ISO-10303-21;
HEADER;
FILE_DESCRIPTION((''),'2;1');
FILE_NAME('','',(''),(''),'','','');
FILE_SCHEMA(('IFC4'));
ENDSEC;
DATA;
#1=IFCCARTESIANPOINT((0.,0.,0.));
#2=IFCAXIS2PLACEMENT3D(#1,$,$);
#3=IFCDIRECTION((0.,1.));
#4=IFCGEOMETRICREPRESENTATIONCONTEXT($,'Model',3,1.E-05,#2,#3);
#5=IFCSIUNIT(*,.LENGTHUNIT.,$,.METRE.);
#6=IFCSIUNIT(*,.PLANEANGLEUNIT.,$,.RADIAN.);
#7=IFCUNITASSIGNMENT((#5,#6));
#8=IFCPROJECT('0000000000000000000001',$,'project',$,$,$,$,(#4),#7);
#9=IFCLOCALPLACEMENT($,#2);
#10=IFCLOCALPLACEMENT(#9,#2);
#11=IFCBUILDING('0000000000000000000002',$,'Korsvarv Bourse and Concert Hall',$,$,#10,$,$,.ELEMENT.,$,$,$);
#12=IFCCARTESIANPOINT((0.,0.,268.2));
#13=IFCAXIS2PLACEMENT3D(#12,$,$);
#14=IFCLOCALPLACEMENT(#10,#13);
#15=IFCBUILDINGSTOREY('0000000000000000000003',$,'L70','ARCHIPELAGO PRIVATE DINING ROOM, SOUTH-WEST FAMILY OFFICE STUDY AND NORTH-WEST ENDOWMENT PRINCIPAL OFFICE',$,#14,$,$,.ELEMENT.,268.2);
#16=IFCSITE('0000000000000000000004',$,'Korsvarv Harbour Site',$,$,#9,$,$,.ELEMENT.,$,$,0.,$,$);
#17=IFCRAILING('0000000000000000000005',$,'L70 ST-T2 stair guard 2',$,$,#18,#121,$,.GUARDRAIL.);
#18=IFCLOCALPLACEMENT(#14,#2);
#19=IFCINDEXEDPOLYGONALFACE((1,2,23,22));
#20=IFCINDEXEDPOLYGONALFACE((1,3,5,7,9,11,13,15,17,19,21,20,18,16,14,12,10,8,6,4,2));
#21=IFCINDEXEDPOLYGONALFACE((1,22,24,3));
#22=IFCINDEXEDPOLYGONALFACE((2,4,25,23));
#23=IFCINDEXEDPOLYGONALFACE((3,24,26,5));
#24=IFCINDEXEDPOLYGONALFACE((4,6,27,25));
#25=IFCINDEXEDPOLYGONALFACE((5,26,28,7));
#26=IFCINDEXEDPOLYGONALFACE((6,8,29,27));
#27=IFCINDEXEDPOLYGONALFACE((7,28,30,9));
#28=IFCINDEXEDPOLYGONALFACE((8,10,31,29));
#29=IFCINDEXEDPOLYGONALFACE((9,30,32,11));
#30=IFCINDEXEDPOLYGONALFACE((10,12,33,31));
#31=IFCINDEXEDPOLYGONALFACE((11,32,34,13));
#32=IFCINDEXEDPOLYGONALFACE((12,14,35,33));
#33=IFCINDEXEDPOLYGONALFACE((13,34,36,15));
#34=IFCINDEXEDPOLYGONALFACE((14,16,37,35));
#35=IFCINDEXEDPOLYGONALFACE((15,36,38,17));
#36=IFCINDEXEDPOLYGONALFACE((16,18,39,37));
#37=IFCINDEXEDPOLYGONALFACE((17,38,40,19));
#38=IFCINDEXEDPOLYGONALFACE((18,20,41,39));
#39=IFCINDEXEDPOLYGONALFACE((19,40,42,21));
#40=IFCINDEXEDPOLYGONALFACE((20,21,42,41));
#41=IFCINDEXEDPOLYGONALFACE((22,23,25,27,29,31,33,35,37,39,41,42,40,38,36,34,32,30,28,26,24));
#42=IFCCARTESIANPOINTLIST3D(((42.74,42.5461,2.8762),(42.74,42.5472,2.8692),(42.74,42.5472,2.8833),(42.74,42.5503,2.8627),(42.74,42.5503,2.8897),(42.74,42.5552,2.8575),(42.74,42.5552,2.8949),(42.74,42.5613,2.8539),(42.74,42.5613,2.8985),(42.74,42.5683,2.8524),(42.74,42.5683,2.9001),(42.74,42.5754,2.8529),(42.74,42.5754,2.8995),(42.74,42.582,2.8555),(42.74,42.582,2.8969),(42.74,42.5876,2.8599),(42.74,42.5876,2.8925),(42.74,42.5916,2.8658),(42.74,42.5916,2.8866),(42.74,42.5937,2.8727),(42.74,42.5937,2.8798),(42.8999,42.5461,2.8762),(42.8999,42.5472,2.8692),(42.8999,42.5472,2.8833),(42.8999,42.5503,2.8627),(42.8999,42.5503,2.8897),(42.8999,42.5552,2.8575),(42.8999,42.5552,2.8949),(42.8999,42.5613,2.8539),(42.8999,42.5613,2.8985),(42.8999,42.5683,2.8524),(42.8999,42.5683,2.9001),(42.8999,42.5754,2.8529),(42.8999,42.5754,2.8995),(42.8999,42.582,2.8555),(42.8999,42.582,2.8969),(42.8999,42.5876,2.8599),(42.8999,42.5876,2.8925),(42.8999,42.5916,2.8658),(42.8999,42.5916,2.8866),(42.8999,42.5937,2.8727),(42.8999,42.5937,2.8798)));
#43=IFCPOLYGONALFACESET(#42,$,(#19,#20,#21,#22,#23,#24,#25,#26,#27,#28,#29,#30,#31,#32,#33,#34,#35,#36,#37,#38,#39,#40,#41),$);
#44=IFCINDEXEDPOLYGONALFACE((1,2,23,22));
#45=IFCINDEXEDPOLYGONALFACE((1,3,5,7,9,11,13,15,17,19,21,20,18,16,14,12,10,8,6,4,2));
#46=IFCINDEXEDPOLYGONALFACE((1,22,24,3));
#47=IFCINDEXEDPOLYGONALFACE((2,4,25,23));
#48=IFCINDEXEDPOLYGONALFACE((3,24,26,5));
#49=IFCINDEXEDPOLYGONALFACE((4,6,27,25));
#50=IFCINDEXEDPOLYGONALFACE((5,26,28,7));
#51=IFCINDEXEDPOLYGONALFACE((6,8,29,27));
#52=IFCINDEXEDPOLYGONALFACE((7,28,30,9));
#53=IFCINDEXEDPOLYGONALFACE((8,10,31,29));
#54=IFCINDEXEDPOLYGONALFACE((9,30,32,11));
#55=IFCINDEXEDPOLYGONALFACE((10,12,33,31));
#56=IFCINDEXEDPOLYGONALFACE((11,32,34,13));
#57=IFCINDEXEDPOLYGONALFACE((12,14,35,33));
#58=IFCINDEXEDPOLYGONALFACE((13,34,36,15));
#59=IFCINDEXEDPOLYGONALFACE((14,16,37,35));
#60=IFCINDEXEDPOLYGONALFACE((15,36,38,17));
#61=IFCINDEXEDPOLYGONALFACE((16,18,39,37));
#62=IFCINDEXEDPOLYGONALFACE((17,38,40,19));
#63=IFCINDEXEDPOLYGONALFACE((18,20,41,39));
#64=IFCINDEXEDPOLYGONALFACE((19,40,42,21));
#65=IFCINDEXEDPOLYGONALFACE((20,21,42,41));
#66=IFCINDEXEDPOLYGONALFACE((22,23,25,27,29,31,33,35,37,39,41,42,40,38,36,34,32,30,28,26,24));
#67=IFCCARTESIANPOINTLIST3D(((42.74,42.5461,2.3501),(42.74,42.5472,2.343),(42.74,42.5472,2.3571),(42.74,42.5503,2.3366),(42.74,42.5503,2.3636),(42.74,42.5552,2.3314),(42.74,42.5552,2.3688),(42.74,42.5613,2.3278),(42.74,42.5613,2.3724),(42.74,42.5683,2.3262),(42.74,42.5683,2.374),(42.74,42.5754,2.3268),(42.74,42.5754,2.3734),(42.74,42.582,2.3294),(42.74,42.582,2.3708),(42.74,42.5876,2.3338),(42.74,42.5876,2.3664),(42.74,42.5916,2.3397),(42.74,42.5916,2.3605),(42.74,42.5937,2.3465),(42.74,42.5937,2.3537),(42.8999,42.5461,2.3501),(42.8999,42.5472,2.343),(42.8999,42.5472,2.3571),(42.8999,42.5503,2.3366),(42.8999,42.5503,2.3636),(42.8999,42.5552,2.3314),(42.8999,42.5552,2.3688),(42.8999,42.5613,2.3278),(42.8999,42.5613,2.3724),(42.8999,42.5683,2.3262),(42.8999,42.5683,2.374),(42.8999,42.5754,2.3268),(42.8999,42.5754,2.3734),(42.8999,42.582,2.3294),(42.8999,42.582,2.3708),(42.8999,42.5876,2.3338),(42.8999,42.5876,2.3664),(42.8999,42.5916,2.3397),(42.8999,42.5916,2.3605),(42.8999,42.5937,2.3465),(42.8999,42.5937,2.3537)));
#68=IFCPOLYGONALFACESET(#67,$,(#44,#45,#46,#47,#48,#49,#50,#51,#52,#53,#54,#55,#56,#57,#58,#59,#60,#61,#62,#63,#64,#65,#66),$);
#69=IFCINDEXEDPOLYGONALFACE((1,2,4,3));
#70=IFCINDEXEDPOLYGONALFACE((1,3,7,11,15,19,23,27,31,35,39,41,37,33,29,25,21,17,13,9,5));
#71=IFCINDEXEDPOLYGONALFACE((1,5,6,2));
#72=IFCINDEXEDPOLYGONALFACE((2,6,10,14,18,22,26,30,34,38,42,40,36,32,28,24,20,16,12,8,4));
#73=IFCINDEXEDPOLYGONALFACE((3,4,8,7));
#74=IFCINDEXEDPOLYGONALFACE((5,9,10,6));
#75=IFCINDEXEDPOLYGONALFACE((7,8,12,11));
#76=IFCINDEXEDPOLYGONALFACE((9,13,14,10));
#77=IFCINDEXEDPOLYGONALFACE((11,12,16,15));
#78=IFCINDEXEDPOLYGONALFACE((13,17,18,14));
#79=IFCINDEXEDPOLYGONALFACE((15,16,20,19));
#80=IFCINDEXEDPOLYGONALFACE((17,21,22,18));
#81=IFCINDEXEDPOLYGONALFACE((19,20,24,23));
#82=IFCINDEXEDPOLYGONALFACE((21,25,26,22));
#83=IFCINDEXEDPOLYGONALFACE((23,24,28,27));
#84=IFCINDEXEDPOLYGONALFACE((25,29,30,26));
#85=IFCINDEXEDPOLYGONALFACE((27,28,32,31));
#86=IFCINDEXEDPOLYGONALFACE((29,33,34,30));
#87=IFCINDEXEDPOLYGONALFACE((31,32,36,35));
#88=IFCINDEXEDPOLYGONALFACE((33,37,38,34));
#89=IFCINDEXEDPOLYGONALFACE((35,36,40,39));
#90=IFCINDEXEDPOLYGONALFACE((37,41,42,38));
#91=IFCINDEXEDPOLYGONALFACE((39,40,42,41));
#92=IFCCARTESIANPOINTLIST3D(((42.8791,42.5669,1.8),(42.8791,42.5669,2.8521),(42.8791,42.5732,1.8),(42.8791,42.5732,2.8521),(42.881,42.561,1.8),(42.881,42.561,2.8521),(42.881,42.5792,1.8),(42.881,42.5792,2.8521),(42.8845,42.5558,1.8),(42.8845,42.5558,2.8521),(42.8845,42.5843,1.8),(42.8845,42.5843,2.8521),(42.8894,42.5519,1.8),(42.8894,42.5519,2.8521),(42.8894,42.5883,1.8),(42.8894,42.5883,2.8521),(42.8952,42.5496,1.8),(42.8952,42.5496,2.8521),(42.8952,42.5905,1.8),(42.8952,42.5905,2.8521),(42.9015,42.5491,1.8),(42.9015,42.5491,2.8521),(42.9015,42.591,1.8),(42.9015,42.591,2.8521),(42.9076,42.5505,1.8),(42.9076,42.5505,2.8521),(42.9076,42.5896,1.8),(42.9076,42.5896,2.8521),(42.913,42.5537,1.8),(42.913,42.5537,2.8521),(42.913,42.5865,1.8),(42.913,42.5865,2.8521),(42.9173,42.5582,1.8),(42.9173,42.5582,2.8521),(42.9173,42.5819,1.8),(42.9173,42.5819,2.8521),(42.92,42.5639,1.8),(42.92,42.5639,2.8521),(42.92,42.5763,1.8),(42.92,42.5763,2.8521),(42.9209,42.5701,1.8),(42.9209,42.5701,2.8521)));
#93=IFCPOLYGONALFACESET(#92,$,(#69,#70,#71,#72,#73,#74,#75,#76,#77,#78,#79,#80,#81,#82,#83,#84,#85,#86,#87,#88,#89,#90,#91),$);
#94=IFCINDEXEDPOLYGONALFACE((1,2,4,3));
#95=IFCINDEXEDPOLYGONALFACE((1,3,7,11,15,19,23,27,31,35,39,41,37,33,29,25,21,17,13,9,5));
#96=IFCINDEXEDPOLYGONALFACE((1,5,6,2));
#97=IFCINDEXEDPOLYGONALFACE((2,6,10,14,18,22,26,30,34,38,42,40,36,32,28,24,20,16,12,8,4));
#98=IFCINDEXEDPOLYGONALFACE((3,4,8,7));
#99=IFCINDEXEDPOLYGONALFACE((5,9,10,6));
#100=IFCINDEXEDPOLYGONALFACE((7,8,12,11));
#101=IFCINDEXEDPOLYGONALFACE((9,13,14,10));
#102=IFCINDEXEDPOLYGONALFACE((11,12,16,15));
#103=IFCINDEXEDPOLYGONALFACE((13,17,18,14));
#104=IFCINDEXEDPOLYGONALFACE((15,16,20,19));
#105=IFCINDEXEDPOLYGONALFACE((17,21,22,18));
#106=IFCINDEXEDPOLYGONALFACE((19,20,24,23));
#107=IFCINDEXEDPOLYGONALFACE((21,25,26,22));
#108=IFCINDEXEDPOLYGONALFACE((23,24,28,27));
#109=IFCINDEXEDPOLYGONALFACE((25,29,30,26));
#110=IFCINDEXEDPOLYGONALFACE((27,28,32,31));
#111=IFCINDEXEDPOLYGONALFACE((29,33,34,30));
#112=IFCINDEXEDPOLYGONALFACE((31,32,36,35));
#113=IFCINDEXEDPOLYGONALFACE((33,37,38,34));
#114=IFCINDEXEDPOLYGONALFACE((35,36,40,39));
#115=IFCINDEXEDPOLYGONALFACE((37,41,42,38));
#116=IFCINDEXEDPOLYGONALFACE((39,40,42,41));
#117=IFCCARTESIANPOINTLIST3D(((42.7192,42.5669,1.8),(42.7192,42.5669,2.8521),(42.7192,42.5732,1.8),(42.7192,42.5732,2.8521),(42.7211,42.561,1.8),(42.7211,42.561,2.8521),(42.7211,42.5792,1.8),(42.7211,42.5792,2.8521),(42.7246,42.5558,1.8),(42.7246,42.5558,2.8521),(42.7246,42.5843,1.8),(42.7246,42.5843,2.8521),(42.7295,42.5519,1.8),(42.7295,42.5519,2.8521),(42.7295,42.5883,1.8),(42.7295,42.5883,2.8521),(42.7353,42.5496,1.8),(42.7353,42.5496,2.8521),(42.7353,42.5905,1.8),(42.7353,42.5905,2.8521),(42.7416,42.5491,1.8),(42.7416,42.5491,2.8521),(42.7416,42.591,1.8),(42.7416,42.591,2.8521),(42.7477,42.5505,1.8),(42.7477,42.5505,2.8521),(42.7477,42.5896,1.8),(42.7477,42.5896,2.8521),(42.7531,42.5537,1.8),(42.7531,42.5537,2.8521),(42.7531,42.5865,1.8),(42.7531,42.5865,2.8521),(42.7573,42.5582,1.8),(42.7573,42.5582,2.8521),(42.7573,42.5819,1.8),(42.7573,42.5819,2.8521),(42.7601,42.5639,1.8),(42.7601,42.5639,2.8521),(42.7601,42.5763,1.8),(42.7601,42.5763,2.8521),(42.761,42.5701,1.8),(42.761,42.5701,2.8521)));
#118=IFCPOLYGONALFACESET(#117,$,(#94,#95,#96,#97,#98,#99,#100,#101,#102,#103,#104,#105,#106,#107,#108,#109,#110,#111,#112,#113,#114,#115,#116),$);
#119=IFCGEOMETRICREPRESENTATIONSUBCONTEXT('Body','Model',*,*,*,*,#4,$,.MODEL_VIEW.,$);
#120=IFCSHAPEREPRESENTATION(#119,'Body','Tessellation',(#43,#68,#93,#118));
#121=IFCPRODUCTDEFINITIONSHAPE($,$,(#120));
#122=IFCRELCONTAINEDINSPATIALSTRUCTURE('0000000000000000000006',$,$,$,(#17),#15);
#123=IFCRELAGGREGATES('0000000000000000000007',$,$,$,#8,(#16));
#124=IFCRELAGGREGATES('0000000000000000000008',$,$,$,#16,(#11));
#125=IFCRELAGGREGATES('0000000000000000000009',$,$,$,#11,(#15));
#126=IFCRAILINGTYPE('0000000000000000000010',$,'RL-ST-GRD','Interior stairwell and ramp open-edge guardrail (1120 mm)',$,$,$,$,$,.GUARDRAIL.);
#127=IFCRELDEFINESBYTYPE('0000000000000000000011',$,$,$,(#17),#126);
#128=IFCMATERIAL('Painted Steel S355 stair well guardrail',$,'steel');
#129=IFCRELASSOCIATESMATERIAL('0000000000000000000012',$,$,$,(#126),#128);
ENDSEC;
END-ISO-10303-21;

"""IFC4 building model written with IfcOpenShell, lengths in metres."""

from ifc_helpers import new_model, si_unit, direction, frame, origin, origin_2d, place, context, subcontext, project, spatial, circle, extrude, material, type_object, element, save


model = new_model("IFC4")

# Units and contexts
model_context = context("Model", 3, precision=1e-05, world=origin(), true_north=direction((0.0, 1.0)))
body_context = subcontext(model_context, "Body", "Model", "MODEL_VIEW")
ifc_project = project(units=[si_unit("LENGTHUNIT", "METRE"), si_unit("PLANEANGLEUNIT", "RADIAN")], contexts=[model_context])

# Site, building, storey
site_placement = place(None, origin())
site = spatial("IfcSite", under=ifc_project, at=site_placement, Name="Korsvarv Harbour Site", CompositionType="ELEMENT", RefElevation=0.0)
building_placement = place(site_placement, origin())
building = spatial("IfcBuilding", under=site, at=building_placement, Name="Korsvarv Bourse and Concert Hall", CompositionType="ELEMENT")
storey_placement = place(building_placement, frame((0.0, 0.0, 268.2)))
storey = spatial("IfcBuildingStorey", under=building, at=storey_placement, Name="L70", Description="ARCHIPELAGO PRIVATE DINING ROOM, SOUTH-WEST FAMILY OFFICE STUDY AND NORTH-WEST ENDOWMENT PRINCIPAL OFFICE", CompositionType="ELEMENT", Elevation=268.2)

# Railing
ifc_material_1 = material(Name="Painted Steel S355 stair well guardrail", Category="steel")
railing_type_1 = type_object("IfcRailingType", Name="RL-ST-GRD", Description="Interior stairwell and ramp open-edge guardrail (1120 mm)", PredefinedType="GUARDRAIL", material=ifc_material_1)
railing_1_placement = place(storey_placement, frame((42.8999, 42.5701, 1.8)))
element("IfcRailing", 1, at=railing_1_placement, inside=storey, type_object=railing_type_1, Name="L70 ST-T2 stair guard 2", PredefinedType="GUARDRAIL", context=body_context, shape_type="SweptSolid", body=[
    extrude(circle(Radius=0.0239, at=origin_2d()), frame((0.0, 0.0, 1.0762), z_axis=(-1.0, 0.0, 0.0), x_axis=(0.0, -1.0, 0.0)), (0.0, 0.0, 1.0), 0.1599),
    extrude(circle(Radius=0.0239, at=origin_2d()), frame((0.0, 0.0, 0.55), z_axis=(-1.0, 0.0, 0.0), x_axis=(0.0, -1.0, 0.0)), (0.0, 0.0, 1.0), 0.1599),
    extrude(circle(Radius=0.021, at=origin_2d()), origin(), (0.0, 0.0, 1.0), 1.052),
    extrude(circle(Radius=0.021, at=origin_2d()), frame((-0.1599, 0.0, 0.0)), (0.0, 0.0, 1.0), 1.052),
])

save(model, "model.ifc")
